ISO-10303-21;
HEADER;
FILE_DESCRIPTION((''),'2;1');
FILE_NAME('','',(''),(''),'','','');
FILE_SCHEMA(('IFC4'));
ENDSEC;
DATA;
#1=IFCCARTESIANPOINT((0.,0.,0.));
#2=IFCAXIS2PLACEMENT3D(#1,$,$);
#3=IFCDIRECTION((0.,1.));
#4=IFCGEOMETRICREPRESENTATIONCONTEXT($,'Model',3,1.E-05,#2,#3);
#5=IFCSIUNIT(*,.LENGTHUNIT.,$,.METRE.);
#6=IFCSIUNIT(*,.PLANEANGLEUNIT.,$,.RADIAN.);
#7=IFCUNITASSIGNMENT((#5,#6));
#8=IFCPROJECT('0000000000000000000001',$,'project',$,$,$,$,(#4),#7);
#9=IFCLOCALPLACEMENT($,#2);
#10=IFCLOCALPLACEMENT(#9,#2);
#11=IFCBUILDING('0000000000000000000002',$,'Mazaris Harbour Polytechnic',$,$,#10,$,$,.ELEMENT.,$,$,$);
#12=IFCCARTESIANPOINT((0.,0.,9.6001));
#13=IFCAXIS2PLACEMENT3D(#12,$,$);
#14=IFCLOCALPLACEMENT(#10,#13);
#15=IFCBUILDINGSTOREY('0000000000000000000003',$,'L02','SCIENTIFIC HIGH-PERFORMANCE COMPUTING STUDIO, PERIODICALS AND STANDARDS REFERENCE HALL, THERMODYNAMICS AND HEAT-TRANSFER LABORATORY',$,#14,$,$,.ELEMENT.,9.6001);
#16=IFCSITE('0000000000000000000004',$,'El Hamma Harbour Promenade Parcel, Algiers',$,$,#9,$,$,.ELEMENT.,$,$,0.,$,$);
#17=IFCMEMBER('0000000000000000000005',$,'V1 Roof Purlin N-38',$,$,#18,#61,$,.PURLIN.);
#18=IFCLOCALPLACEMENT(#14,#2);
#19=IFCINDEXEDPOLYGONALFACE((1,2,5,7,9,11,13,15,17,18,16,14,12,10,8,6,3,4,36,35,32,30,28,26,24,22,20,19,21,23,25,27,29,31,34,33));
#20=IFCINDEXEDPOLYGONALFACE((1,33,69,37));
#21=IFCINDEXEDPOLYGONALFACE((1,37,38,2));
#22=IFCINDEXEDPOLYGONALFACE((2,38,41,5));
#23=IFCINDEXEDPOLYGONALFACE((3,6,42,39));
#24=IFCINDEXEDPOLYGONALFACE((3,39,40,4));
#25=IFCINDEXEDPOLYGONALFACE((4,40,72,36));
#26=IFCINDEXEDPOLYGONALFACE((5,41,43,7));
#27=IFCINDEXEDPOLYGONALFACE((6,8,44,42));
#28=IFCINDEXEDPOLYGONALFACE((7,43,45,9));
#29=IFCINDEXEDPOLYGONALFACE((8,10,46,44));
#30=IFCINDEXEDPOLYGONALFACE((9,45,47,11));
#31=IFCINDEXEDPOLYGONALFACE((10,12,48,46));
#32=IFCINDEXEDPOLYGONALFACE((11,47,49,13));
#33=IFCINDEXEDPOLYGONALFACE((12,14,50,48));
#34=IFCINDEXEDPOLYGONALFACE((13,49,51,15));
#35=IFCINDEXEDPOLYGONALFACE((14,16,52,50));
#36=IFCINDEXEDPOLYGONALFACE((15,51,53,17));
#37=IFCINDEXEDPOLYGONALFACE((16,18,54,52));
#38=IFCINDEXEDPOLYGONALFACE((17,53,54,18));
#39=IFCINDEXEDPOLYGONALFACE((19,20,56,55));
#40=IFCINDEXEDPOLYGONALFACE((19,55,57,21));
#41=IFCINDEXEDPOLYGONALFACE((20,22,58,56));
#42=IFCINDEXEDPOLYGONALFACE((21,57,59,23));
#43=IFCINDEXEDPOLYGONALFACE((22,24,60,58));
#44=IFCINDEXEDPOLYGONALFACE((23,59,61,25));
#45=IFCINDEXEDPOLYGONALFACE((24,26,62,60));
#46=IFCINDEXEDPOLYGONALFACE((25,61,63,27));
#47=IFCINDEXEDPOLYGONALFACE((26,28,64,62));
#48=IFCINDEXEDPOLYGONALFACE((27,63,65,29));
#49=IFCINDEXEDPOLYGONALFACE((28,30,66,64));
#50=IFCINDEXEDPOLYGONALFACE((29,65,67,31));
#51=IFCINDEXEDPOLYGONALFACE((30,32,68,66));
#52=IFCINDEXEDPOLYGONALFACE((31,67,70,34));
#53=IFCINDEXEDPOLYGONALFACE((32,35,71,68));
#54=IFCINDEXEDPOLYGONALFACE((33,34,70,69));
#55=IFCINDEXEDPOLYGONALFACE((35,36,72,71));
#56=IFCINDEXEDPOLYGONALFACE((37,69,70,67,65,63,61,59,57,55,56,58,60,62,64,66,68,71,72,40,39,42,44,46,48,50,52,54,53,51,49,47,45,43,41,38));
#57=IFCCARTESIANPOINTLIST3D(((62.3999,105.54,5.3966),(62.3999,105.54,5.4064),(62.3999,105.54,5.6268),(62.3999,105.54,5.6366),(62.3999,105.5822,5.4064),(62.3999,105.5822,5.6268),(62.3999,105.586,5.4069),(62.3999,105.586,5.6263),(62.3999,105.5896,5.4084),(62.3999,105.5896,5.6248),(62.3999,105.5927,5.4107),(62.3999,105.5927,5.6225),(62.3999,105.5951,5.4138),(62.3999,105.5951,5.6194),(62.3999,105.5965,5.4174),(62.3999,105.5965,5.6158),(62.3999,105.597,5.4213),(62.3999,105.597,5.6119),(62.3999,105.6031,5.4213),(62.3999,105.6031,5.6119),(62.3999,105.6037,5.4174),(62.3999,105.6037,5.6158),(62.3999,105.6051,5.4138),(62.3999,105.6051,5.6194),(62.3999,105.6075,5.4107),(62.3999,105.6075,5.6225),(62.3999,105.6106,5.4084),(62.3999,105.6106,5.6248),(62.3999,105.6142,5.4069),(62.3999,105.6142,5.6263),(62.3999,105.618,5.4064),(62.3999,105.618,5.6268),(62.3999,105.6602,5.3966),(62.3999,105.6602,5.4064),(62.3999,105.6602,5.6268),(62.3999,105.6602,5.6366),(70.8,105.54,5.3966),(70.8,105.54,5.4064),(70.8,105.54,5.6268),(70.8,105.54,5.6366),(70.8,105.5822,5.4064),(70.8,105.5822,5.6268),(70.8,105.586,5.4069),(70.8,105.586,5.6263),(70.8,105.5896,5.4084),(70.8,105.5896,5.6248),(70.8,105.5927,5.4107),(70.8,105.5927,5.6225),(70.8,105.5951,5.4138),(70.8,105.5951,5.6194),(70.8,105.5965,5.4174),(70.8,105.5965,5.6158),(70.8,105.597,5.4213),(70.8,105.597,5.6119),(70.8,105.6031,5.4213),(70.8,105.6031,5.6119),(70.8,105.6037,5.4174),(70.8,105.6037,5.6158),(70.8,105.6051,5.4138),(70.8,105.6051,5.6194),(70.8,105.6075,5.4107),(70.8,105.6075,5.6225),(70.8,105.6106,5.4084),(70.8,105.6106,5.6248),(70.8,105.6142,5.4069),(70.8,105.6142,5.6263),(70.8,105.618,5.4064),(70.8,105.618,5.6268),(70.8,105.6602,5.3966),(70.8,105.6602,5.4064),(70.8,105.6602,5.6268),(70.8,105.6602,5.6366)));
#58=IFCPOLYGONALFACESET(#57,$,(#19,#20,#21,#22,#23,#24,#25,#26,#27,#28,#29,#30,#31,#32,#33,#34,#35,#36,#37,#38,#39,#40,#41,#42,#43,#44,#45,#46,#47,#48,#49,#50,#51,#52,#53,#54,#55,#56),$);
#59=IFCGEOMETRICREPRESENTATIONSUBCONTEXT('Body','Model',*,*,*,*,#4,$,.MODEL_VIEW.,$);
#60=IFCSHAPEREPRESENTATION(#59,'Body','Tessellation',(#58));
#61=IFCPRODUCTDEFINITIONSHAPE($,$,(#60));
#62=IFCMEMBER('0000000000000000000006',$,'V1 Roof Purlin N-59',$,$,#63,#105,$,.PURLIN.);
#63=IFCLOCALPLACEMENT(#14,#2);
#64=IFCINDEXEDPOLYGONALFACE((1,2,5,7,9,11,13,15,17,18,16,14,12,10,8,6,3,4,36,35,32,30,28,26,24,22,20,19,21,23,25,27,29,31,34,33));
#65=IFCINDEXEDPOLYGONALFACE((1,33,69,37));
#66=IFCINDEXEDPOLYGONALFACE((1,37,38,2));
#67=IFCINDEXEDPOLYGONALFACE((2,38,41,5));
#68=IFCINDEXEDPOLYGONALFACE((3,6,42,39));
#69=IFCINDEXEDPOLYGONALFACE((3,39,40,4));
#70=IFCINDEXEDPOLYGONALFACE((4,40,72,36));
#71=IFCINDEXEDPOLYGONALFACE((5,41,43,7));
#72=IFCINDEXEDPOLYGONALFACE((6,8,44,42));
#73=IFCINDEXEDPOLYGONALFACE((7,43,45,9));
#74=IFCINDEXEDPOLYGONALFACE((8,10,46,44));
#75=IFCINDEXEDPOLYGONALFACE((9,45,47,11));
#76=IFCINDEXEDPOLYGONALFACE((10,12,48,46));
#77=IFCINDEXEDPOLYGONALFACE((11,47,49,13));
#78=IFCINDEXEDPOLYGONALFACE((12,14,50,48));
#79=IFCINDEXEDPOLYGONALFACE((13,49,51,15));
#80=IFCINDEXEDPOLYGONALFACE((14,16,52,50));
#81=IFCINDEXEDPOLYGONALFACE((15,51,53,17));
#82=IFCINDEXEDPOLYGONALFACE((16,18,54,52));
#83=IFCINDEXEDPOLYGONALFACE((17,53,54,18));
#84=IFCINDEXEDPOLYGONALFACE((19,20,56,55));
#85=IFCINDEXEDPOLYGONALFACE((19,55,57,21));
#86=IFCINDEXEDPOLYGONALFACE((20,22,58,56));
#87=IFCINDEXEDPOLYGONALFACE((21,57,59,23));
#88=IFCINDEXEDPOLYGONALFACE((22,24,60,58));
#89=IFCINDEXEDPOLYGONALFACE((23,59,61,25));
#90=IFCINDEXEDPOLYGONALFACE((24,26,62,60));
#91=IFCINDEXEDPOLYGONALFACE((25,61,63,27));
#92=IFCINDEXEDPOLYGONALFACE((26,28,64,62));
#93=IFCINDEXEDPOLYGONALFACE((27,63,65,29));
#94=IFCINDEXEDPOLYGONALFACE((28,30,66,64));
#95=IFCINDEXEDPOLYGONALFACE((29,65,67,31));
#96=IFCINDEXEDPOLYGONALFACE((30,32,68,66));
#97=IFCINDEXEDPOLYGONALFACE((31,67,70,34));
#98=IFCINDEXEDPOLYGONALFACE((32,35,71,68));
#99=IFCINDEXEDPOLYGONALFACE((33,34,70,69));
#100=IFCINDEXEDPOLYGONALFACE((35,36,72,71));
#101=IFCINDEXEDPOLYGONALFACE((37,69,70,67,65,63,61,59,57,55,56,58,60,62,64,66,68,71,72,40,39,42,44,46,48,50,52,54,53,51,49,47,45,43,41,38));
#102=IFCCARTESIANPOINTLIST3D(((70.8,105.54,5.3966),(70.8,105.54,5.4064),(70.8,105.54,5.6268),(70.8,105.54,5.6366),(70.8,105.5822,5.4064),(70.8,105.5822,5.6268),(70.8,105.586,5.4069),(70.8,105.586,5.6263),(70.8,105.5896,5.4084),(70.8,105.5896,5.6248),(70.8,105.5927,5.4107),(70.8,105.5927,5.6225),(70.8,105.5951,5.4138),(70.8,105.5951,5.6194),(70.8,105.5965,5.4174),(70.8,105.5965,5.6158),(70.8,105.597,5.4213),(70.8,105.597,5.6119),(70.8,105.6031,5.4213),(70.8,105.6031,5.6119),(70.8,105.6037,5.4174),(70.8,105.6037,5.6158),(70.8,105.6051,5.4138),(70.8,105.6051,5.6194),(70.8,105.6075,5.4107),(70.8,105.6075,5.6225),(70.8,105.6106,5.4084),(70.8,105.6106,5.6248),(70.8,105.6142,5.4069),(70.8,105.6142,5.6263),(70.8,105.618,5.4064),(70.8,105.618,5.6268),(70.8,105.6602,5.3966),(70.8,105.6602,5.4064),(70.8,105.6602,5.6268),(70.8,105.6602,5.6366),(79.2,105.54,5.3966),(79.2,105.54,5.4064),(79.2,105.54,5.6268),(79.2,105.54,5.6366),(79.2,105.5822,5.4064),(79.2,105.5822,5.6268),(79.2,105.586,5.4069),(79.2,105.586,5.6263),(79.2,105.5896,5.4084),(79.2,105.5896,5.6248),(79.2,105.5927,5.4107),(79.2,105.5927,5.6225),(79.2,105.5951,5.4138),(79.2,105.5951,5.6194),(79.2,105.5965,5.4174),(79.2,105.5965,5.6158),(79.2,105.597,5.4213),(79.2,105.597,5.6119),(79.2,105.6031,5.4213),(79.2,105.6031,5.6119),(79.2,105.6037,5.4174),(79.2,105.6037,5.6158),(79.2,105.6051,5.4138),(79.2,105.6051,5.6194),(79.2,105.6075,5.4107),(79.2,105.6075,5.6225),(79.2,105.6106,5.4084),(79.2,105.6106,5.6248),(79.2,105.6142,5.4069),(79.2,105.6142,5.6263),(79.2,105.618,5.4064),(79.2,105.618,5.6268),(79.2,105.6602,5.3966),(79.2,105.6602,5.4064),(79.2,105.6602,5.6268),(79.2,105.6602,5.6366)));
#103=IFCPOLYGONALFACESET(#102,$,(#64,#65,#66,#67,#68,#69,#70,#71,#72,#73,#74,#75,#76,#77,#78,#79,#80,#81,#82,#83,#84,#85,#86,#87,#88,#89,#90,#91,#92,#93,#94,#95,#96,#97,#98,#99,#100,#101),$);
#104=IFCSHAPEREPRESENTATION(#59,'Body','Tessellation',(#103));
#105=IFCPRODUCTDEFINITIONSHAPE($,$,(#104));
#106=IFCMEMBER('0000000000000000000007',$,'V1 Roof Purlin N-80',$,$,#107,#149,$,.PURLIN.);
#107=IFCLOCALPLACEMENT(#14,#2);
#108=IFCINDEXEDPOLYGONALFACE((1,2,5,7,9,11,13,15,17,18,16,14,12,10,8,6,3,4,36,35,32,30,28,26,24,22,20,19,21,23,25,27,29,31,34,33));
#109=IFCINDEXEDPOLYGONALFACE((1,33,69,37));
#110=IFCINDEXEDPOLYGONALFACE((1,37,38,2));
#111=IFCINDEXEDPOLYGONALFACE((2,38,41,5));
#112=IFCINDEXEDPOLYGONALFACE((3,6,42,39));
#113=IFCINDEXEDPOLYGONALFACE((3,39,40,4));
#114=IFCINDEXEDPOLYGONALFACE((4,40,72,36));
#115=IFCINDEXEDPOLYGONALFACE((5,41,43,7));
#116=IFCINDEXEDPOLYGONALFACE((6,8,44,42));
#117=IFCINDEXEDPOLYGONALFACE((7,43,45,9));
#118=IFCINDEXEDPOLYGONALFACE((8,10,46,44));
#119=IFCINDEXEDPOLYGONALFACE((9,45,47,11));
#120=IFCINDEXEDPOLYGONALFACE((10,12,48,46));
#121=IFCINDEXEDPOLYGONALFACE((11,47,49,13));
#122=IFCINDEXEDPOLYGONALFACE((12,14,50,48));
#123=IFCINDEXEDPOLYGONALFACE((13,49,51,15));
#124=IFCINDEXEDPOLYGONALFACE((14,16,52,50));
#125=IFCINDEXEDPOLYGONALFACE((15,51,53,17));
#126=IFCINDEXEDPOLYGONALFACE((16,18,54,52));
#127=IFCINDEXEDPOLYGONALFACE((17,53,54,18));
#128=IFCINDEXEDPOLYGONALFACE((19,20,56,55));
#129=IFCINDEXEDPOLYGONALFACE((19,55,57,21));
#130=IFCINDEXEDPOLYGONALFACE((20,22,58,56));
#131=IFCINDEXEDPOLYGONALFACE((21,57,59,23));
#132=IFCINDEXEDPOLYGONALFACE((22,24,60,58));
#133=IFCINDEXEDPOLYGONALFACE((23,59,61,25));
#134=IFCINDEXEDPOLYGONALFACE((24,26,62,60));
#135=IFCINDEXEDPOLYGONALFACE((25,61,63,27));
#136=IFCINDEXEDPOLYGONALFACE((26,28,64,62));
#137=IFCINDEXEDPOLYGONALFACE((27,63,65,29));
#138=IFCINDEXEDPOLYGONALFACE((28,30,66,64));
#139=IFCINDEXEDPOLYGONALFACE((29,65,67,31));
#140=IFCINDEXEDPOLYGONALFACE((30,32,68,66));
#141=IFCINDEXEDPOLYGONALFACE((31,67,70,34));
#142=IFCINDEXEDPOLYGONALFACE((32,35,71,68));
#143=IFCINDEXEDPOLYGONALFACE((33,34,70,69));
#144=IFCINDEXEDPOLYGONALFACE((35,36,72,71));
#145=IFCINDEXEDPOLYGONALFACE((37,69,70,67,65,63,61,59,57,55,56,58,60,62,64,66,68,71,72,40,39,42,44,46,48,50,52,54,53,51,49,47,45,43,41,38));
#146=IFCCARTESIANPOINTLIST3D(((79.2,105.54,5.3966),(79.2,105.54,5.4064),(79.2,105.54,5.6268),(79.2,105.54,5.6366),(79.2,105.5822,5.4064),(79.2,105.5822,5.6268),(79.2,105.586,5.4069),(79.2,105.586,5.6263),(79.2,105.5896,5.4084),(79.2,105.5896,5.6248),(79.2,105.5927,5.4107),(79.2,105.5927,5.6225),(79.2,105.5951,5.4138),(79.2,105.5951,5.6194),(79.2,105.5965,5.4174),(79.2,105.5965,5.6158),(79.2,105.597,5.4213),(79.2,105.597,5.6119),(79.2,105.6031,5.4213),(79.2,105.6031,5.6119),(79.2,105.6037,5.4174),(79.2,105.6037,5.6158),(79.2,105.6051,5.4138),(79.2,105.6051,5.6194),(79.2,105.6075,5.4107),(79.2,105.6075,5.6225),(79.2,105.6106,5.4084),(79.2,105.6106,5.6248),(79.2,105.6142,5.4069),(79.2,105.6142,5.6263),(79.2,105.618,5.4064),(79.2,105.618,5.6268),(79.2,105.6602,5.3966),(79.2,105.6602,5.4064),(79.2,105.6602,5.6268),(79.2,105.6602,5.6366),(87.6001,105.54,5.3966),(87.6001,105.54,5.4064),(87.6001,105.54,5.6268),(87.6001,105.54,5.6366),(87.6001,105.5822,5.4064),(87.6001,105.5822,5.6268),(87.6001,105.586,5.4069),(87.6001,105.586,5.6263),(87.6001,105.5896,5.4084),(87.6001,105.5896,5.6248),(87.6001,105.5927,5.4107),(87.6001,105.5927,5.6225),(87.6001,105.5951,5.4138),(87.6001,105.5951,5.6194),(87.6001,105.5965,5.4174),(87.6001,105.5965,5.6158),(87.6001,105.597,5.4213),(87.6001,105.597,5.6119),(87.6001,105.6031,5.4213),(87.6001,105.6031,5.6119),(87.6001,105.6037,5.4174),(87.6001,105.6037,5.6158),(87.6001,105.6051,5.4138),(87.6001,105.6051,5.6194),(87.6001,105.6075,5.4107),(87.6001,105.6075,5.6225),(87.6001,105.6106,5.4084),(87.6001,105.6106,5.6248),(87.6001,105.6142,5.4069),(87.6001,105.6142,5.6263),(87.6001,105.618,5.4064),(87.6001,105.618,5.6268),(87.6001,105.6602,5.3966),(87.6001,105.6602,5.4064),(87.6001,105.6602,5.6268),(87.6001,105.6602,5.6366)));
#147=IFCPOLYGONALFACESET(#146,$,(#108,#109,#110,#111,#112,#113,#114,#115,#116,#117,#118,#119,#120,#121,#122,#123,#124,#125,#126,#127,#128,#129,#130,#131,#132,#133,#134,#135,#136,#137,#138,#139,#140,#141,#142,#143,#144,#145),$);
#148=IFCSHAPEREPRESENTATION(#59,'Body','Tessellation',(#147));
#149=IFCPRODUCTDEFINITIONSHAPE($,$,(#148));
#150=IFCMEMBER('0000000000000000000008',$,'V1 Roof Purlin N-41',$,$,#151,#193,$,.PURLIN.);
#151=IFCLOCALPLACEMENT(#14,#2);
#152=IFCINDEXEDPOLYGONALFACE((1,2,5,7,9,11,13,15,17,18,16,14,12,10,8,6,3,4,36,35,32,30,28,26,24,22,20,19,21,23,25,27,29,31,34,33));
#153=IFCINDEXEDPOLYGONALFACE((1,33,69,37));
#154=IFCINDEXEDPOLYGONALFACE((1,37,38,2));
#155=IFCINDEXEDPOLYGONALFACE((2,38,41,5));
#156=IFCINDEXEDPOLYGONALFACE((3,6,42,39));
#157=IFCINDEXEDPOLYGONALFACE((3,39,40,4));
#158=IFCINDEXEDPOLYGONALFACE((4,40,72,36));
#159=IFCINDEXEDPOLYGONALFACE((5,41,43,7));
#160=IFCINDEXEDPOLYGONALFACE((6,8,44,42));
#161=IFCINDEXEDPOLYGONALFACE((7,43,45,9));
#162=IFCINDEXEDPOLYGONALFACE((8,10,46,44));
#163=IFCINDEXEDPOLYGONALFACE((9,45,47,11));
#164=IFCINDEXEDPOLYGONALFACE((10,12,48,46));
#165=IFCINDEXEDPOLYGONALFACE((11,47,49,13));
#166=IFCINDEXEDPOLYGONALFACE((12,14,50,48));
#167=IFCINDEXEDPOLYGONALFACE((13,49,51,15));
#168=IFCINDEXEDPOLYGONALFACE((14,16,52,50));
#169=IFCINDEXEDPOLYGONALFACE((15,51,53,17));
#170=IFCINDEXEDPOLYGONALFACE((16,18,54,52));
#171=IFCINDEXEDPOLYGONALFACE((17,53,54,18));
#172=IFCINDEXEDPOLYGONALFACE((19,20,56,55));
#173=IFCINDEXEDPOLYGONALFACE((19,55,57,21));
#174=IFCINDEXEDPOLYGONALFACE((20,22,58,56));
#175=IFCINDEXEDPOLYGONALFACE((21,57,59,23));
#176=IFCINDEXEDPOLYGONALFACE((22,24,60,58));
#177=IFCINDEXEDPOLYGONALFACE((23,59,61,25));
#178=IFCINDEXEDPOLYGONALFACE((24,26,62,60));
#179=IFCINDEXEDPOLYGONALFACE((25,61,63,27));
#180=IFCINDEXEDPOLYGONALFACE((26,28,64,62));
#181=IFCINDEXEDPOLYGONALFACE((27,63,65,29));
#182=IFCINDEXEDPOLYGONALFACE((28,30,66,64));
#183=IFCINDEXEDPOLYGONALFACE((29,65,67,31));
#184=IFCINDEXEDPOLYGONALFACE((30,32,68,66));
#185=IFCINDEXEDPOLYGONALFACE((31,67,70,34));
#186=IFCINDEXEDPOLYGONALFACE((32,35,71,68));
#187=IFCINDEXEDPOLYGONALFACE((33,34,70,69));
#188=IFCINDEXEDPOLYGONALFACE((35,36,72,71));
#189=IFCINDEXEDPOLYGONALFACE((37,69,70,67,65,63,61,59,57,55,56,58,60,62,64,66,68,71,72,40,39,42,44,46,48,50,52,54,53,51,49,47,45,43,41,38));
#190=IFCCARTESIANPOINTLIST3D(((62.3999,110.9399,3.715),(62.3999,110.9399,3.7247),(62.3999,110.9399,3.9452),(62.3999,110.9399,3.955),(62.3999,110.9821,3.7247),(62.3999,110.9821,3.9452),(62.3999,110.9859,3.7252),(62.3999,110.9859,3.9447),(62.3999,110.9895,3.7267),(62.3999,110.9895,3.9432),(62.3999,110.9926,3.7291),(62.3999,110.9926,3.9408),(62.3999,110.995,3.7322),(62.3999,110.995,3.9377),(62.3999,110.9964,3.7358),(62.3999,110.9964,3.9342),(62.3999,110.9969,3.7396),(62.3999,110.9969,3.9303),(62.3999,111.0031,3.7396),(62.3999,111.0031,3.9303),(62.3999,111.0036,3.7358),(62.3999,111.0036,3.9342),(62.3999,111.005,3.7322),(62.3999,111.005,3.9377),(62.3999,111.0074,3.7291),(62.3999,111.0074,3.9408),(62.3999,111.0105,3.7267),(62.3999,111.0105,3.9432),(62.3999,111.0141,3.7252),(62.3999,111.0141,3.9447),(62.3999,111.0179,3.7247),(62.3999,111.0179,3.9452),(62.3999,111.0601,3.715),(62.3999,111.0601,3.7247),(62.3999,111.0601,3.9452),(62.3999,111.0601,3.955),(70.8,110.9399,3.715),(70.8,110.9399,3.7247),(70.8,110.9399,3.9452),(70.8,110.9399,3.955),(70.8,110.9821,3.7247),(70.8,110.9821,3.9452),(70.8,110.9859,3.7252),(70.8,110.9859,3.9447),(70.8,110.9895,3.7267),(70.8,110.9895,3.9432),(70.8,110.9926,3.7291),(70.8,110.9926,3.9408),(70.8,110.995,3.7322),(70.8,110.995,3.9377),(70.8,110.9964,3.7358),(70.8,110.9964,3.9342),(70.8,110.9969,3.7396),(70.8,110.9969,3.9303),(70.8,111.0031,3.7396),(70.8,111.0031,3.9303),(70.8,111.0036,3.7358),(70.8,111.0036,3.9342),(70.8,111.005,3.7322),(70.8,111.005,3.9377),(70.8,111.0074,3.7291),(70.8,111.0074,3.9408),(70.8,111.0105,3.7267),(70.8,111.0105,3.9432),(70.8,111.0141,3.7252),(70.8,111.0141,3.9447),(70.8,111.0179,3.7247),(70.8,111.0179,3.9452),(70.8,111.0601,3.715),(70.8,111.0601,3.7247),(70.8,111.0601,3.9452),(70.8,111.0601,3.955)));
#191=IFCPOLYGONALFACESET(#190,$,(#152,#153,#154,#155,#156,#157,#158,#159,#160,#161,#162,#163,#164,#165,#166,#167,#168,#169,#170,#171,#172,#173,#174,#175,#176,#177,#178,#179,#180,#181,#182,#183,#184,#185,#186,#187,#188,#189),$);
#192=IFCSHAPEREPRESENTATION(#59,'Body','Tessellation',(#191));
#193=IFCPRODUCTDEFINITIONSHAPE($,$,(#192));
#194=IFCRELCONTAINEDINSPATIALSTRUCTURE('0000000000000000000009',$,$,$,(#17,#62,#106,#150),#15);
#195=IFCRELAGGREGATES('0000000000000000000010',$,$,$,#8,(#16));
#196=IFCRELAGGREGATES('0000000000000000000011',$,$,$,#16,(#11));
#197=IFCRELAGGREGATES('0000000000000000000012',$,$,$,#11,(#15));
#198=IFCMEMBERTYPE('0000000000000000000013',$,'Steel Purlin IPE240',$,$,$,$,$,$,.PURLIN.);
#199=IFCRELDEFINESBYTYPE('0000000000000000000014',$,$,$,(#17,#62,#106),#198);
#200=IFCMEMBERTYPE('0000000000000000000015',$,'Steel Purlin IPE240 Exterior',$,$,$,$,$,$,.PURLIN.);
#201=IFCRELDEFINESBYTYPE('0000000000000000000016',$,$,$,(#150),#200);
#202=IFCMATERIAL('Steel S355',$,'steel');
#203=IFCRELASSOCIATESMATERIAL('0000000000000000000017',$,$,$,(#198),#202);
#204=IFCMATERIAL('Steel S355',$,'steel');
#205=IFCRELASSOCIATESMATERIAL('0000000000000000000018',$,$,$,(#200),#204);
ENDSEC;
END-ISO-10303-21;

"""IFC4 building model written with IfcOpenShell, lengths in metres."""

from ifc_helpers import new_model, si_unit, direction, frame, origin, origin_2d, place, context, subcontext, project, spatial, i_section, extrude, material, material_profile, profile_set, type_object, element, save


model = new_model("IFC4")

# Units and contexts
model_context = context("Model", 3, precision=1e-05, world=origin(), true_north=direction((0.0, 1.0)))
body_context = subcontext(model_context, "Body", "Model", "MODEL_VIEW")
ifc_project = project(units=[si_unit("LENGTHUNIT", "METRE"), si_unit("PLANEANGLEUNIT", "RADIAN")], contexts=[model_context])

# Site, building, storey
site_placement = place(None, origin())
site = spatial("IfcSite", under=ifc_project, at=site_placement, Name="El Hamma Harbour Promenade Parcel, Algiers", CompositionType="ELEMENT", RefElevation=0.0)
building_placement = place(site_placement, origin())
building = spatial("IfcBuilding", under=site, at=building_placement, Name="Mazaris Harbour Polytechnic", CompositionType="ELEMENT")
storey_placement = place(building_placement, frame((0.0, 0.0, 9.6001)))
storey = spatial("IfcBuildingStorey", under=building, at=storey_placement, Name="L02", Description="SCIENTIFIC HIGH-PERFORMANCE COMPUTING STUDIO, PERIODICALS AND STANDARDS REFERENCE HALL, THERMODYNAMICS AND HEAT-TRANSFER LABORATORY", CompositionType="ELEMENT", Elevation=9.6001)

# Members
ifc_material_1 = material(Name="Steel S355", Category="steel")
ifc_material_profile_1 = material_profile(ifc_material_1, i_section(OverallWidth=0.1201, OverallDepth=0.24, WebThickness=0.0061, FlangeThickness=0.0098, FilletRadius=0.0149, at=origin_2d()), Name="IPE 240")
ifc_profile_set_1 = profile_set([ifc_material_profile_1], Name="Steel S355")
member_type_1 = type_object("IfcMemberType", Name="Steel Purlin IPE240", PredefinedType="PURLIN", material=ifc_profile_set_1)
member_1_placement = place(storey_placement, frame((62.3999, 105.6001, 5.5166), z_axis=(1.0, 0.0, 0.0), x_axis=(0.0, 1.0, 0.0)))
element("IfcMember", 1, at=member_1_placement, inside=storey, type_object=member_type_1, Name="V1 Roof Purlin N-38", PredefinedType="PURLIN", context=body_context, shape_type="SweptSolid", body=[
    extrude(i_section(OverallWidth=0.1201, OverallDepth=0.24, WebThickness=0.0061, FlangeThickness=0.0098, FilletRadius=0.0149, at=origin_2d()), origin(), (0.0, 0.0, 1.0), 8.4001),
])
member_2_placement = place(storey_placement, frame((70.8, 105.6001, 5.5166), z_axis=(1.0, 0.0, 0.0), x_axis=(0.0, 1.0, 0.0)))
element("IfcMember", 2, at=member_2_placement, inside=storey, type_object=member_type_1, Name="V1 Roof Purlin N-59", PredefinedType="PURLIN", context=body_context, shape_type="SweptSolid", body=[
    extrude(i_section(OverallWidth=0.1201, OverallDepth=0.24, WebThickness=0.0061, FlangeThickness=0.0098, FilletRadius=0.0149, at=origin_2d()), origin(), (0.0, 0.0, 1.0), 8.3999),
])
member_3_placement = place(storey_placement, frame((79.2, 105.6001, 5.5166), z_axis=(1.0, 0.0, 0.0), x_axis=(0.0, 1.0, 0.0)))
element("IfcMember", 3, at=member_3_placement, inside=storey, type_object=member_type_1, Name="V1 Roof Purlin N-80", PredefinedType="PURLIN", context=body_context, shape_type="SweptSolid", body=[
    extrude(i_section(OverallWidth=0.1201, OverallDepth=0.24, WebThickness=0.0061, FlangeThickness=0.0098, FilletRadius=0.0149, at=origin_2d()), origin(), (0.0, 0.0, 1.0), 8.4001),
])
ifc_material_2 = material(Name="Steel S355", Category="steel")
ifc_material_profile_2 = material_profile(ifc_material_2, i_section(OverallWidth=0.1201, OverallDepth=0.24, WebThickness=0.0061, FlangeThickness=0.0098, FilletRadius=0.0149, at=origin_2d()), Name="IPE 240")
ifc_profile_set_2 = profile_set([ifc_material_profile_2], Name="Steel S355")
member_type_2 = type_object("IfcMemberType", Name="Steel Purlin IPE240 Exterior", PredefinedType="PURLIN", material=ifc_profile_set_2)
member_4_placement = place(storey_placement, frame((62.3999, 111.0, 3.835), z_axis=(1.0, 0.0, 0.0), x_axis=(0.0, 1.0, 0.0)))
element("IfcMember", 4, at=member_4_placement, inside=storey, type_object=member_type_2, Name="V1 Roof Purlin N-41", PredefinedType="PURLIN", context=body_context, shape_type="SweptSolid", body=[
    extrude(i_section(OverallWidth=0.1201, OverallDepth=0.24, WebThickness=0.0061, FlangeThickness=0.0098, FilletRadius=0.0149, at=origin_2d()), origin(), (0.0, 0.0, 1.0), 8.4001),
])

save(model, "model.ifc")
